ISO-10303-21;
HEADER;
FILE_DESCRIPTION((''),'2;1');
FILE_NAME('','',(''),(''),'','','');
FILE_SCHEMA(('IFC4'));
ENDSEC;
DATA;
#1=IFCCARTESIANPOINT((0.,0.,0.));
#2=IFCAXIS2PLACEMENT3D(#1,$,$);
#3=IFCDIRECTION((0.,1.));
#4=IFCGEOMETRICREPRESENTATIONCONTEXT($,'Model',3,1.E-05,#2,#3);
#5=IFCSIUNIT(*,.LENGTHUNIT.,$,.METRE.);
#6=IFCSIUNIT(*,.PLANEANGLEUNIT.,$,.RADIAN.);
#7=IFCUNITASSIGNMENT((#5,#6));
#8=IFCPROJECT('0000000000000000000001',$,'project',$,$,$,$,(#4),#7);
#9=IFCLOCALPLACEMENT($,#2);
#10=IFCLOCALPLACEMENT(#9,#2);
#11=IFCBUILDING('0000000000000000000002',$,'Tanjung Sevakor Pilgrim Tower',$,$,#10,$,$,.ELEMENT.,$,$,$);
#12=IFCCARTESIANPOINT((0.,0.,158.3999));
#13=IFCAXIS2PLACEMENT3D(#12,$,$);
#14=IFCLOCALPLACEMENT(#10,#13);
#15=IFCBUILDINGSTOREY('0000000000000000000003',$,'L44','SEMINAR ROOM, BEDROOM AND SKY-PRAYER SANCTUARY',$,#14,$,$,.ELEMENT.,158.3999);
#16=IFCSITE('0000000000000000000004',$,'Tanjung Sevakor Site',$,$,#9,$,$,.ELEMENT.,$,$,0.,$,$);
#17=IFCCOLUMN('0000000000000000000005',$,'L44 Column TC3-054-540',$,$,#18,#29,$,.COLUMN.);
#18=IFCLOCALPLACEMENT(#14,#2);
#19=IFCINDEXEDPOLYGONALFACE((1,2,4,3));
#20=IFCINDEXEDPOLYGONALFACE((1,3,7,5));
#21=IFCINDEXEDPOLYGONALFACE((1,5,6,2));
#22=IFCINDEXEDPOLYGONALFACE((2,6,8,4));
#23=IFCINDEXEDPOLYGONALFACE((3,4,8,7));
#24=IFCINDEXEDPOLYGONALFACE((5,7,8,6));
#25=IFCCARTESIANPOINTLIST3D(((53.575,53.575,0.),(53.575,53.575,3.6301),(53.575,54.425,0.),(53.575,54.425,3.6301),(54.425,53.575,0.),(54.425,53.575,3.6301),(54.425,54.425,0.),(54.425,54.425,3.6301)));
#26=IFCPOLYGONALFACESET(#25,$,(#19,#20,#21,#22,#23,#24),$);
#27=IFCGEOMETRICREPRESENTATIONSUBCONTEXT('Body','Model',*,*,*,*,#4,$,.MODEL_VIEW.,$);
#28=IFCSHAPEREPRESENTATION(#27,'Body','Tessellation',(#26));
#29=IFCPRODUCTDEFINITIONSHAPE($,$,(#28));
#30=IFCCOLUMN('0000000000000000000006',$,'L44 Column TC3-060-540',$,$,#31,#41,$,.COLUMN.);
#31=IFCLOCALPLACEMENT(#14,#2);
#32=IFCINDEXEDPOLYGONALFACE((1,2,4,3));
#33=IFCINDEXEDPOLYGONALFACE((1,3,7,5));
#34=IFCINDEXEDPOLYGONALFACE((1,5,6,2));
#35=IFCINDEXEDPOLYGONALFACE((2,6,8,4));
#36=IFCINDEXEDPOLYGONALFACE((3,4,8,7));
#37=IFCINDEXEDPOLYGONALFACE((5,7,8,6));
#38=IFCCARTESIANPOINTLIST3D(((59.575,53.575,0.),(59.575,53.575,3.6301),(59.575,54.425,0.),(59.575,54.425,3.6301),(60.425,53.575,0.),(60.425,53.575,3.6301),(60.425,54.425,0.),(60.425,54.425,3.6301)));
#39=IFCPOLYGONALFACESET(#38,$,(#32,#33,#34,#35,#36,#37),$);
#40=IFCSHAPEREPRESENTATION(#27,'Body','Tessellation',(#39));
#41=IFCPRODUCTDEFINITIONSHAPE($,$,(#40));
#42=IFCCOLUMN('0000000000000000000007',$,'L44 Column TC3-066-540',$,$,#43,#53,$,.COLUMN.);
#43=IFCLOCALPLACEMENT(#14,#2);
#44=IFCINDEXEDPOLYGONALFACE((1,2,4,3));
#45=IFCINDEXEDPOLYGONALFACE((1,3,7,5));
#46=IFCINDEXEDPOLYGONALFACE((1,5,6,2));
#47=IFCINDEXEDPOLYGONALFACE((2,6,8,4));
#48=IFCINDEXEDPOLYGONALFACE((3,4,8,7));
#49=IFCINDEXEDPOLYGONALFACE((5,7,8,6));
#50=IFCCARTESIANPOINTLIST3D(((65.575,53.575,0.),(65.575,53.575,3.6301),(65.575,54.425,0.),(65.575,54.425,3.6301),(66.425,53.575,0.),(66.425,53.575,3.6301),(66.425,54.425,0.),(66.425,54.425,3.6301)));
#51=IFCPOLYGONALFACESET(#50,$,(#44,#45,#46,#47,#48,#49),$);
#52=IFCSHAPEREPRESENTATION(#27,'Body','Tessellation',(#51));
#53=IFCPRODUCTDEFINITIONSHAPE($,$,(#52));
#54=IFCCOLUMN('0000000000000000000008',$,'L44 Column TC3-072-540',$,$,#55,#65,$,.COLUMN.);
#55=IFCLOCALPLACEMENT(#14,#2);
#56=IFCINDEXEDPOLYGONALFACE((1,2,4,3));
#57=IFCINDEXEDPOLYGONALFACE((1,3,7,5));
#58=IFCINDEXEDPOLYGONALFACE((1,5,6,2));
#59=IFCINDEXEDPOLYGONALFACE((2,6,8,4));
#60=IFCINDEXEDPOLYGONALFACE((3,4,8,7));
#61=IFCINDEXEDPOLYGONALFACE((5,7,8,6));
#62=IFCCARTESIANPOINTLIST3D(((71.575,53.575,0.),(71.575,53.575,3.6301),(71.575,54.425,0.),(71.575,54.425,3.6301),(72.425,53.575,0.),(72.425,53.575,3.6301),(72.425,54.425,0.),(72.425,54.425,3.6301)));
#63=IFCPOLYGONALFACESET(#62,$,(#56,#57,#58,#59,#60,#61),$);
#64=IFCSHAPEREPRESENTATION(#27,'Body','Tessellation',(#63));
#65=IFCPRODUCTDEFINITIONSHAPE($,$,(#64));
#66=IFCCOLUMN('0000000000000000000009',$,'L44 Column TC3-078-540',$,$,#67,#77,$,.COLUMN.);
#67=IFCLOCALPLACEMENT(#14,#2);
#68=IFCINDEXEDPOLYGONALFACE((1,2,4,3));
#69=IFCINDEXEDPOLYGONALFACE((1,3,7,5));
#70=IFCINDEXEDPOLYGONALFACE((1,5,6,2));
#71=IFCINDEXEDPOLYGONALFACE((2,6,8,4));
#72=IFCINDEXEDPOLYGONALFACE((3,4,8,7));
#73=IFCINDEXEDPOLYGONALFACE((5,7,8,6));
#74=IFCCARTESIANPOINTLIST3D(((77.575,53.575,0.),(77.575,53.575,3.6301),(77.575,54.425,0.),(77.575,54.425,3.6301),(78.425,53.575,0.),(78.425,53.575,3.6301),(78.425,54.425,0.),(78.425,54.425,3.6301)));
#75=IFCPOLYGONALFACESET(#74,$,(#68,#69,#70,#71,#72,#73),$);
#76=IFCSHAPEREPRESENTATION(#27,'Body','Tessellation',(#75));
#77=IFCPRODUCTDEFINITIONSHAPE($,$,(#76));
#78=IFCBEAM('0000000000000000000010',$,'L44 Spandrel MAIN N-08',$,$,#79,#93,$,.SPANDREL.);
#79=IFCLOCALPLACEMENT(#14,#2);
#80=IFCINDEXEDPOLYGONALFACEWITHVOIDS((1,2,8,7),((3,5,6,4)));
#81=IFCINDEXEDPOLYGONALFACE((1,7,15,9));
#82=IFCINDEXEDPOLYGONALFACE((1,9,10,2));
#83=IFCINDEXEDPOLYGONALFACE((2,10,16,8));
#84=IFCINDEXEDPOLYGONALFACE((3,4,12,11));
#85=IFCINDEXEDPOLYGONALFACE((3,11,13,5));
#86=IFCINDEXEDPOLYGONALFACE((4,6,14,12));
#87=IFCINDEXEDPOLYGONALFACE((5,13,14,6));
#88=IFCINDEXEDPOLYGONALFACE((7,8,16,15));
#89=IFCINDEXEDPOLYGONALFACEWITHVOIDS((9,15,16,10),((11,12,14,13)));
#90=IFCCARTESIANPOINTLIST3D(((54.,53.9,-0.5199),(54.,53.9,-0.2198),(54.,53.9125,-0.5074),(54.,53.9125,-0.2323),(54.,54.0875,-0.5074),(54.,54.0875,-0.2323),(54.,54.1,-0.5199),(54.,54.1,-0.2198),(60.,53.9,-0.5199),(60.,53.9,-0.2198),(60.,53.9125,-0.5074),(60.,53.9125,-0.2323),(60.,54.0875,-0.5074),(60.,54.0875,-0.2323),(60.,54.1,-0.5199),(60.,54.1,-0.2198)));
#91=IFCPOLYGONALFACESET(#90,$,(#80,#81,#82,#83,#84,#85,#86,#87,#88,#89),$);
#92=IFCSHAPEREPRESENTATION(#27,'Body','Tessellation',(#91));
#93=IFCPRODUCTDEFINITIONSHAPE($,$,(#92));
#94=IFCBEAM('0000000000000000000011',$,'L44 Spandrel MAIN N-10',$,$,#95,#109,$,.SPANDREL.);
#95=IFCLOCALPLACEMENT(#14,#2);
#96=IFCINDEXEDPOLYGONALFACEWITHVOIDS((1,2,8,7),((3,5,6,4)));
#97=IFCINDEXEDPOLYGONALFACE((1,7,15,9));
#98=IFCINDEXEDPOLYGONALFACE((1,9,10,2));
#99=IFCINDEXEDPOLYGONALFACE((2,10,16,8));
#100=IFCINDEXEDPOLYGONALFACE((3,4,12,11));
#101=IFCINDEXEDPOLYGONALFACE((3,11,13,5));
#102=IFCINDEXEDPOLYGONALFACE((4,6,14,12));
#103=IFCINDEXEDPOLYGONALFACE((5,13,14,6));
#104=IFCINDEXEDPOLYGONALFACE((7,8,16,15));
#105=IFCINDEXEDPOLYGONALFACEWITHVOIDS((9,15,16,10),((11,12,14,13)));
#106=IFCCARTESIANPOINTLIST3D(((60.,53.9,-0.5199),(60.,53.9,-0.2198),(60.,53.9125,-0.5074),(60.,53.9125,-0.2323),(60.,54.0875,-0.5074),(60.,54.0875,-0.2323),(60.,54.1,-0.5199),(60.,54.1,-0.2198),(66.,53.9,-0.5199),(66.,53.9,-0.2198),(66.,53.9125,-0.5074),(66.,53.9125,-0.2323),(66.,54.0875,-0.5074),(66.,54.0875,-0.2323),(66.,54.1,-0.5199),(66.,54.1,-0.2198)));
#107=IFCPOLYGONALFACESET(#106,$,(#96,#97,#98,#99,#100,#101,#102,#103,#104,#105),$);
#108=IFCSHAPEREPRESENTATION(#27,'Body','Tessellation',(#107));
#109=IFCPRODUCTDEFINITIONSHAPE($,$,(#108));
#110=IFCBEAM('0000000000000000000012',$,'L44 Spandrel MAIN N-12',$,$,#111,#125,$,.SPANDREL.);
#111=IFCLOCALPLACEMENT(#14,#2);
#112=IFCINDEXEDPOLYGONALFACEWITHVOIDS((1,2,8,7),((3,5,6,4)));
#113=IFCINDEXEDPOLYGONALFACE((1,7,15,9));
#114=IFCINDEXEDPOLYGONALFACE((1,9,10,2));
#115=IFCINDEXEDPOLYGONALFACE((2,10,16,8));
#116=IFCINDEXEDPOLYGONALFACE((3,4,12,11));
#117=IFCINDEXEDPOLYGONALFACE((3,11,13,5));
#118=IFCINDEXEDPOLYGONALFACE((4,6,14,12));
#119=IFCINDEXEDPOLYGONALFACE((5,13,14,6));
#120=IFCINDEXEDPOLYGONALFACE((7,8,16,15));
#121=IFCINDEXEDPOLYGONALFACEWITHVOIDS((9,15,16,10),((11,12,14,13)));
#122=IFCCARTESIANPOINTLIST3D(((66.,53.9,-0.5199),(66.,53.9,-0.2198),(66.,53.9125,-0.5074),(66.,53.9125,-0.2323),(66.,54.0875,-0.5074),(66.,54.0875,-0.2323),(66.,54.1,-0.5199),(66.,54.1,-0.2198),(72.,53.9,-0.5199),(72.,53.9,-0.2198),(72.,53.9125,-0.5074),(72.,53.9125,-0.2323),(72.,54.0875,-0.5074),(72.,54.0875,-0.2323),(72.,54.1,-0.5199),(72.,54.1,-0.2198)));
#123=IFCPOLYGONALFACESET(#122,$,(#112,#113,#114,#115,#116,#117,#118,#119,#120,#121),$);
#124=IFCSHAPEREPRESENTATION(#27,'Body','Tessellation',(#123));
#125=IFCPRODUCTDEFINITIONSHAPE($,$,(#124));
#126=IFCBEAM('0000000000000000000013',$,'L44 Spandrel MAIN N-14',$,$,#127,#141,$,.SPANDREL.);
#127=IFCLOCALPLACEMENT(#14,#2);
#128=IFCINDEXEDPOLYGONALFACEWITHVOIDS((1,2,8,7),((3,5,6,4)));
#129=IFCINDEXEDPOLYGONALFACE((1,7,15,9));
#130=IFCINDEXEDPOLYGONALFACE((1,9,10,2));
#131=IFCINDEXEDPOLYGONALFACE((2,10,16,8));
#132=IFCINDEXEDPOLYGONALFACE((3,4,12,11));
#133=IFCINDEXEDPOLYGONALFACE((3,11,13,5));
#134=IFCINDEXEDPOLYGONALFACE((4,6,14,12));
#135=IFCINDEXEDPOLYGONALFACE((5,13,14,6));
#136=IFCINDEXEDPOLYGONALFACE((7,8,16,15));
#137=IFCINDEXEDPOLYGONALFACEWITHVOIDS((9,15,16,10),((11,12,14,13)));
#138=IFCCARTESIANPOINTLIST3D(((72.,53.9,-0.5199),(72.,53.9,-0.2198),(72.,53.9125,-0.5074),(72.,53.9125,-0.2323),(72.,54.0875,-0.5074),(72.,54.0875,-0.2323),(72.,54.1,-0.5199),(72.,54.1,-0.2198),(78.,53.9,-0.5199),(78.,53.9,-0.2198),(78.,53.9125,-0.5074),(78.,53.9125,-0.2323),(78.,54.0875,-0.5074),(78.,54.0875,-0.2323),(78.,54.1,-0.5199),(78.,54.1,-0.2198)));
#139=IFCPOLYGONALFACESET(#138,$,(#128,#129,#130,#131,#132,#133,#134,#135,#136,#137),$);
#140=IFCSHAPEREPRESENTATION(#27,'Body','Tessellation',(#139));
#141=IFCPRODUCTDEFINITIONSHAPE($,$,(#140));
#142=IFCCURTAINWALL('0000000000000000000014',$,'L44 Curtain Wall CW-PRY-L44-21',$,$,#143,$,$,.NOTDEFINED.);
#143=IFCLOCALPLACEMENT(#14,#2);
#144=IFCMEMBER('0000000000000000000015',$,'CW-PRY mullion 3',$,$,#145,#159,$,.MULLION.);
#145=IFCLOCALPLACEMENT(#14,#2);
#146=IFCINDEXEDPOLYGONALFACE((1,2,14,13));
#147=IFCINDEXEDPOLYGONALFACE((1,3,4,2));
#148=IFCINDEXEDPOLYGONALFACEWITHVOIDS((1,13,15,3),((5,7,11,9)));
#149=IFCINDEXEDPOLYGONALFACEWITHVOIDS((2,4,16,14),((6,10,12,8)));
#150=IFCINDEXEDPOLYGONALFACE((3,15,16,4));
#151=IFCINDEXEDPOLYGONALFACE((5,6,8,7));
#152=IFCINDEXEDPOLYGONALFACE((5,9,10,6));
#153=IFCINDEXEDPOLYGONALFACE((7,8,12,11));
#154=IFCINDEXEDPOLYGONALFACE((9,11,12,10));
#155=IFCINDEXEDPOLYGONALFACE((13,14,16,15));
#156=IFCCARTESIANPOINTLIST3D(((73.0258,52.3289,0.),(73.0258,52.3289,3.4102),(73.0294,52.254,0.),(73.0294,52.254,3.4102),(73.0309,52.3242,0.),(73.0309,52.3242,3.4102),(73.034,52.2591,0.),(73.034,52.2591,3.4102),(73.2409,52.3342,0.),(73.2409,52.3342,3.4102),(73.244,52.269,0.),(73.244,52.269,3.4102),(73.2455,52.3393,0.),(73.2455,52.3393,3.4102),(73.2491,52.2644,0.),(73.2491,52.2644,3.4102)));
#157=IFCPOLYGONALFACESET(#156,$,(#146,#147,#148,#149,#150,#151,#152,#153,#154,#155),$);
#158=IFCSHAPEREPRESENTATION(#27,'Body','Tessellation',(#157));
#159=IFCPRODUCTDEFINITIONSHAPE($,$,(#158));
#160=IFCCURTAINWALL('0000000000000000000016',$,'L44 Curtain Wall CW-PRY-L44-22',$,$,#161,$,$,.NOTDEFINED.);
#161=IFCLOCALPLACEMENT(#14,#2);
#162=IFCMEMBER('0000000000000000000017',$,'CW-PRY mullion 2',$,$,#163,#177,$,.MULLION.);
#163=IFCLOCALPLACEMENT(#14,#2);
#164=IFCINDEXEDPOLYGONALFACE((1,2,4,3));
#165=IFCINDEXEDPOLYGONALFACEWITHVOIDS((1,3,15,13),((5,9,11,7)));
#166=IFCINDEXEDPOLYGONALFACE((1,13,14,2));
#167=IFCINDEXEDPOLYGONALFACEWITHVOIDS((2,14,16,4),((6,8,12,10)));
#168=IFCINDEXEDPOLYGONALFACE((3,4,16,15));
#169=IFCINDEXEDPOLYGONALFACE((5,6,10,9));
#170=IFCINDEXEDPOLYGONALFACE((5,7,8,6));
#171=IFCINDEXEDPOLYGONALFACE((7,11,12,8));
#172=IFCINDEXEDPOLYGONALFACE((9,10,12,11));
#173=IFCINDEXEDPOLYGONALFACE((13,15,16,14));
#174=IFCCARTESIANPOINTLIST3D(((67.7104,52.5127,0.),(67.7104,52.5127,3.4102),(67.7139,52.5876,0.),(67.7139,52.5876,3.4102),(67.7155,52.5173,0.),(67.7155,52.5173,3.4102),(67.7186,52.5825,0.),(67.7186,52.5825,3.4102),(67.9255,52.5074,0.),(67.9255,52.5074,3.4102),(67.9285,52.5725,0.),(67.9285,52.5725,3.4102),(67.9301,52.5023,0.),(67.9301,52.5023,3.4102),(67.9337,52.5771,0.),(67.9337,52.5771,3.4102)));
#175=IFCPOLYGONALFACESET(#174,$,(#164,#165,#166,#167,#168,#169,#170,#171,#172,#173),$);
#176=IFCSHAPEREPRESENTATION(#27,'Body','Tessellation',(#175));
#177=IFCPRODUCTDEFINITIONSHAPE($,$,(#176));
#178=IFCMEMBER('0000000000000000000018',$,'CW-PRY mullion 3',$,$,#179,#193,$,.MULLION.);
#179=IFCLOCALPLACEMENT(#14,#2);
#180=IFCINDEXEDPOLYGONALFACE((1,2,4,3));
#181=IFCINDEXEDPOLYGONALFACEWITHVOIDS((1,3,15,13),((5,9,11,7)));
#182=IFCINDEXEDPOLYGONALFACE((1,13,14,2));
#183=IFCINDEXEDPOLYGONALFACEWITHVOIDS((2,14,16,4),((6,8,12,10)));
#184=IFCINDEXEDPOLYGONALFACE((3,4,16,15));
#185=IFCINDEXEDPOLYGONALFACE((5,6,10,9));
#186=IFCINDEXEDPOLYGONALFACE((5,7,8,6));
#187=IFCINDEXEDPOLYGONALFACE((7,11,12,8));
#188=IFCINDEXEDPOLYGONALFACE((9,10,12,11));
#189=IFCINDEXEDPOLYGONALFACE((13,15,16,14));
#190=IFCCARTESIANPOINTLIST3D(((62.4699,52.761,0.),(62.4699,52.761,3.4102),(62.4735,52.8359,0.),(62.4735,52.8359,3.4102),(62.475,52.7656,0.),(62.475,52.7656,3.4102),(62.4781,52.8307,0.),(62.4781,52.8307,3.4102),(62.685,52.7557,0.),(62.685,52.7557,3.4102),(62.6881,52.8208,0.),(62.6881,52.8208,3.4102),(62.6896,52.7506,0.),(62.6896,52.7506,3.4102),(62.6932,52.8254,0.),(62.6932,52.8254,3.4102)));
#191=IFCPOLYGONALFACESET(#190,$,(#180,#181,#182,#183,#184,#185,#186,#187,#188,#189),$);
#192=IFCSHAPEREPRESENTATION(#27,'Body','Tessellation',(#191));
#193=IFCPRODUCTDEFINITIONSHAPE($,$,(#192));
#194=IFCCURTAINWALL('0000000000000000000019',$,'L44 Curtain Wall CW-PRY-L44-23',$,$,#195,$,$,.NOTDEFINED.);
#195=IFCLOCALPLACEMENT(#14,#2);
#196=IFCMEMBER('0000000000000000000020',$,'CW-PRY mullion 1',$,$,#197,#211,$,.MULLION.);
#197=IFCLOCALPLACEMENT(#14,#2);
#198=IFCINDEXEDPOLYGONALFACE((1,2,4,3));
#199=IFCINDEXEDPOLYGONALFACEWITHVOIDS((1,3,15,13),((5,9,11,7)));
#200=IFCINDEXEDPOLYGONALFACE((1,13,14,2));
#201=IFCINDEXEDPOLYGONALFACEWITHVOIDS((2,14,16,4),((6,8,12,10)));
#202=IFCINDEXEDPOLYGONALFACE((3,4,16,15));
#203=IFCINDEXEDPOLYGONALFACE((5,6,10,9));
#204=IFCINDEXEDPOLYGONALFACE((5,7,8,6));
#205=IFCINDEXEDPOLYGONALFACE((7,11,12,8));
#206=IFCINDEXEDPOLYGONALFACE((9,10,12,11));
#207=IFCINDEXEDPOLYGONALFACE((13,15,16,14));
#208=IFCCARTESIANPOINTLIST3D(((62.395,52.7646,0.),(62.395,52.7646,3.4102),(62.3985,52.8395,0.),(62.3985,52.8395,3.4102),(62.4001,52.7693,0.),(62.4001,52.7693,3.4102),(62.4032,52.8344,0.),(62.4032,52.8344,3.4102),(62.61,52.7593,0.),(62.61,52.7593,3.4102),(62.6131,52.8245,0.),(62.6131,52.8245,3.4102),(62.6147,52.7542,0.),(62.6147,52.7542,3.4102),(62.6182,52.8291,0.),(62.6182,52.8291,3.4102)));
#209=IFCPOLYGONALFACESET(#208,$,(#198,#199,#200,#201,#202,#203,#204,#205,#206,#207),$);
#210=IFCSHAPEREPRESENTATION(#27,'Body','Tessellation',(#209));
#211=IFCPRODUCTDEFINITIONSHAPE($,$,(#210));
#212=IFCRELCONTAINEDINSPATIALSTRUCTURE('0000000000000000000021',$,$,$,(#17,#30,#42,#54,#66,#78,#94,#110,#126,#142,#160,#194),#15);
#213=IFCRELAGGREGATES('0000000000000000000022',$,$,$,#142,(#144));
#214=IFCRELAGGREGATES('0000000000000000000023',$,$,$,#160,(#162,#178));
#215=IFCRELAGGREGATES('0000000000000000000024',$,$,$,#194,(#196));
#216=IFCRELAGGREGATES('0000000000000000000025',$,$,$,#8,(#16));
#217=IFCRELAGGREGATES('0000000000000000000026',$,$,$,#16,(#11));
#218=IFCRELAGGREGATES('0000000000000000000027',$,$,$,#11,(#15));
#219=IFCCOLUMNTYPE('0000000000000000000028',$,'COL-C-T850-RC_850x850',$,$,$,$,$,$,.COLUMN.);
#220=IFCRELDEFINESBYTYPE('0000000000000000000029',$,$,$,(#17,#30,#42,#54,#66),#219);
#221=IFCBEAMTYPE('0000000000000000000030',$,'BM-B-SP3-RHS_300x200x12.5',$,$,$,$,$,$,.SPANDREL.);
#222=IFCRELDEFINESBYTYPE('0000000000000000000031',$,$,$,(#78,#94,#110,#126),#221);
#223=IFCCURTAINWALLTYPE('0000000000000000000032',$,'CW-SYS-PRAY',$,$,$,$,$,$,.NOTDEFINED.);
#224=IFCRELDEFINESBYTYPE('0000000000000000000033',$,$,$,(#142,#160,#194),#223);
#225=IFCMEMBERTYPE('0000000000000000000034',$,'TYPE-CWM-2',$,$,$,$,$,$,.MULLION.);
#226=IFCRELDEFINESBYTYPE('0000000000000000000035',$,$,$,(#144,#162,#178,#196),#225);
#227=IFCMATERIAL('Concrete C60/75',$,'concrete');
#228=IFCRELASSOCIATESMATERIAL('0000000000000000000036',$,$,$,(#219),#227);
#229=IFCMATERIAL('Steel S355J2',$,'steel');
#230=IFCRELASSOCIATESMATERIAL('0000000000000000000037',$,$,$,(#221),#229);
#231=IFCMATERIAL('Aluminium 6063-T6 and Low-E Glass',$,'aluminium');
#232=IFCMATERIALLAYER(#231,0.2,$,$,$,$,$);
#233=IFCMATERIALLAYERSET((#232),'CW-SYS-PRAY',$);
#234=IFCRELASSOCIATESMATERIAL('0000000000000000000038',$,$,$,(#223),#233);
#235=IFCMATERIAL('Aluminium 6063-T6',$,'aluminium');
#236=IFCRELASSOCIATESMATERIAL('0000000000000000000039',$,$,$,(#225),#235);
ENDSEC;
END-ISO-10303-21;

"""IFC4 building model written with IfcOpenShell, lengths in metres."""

from ifc_helpers import new_model, si_unit, direction, frame, origin, origin_2d, place, context, subcontext, project, spatial, rectangle, hollow_rectangle, extrude, material, layer, layer_set, material_profile, profile_set, type_object, element, aggregate, save


model = new_model("IFC4")

# Units and contexts
model_context = context("Model", 3, precision=1e-05, world=origin(), true_north=direction((0.0, 1.0)))
body_context = subcontext(model_context, "Body", "Model", "MODEL_VIEW")
ifc_project = project(units=[si_unit("LENGTHUNIT", "METRE"), si_unit("PLANEANGLEUNIT", "RADIAN")], contexts=[model_context])

# Site, building, storey
site_placement = place(None, origin())
site = spatial("IfcSite", under=ifc_project, at=site_placement, Name="Tanjung Sevakor Site", CompositionType="ELEMENT", RefElevation=0.0)
building_placement = place(site_placement, origin())
building = spatial("IfcBuilding", under=site, at=building_placement, Name="Tanjung Sevakor Pilgrim Tower", CompositionType="ELEMENT")
storey_placement = place(building_placement, frame((0.0, 0.0, 158.3999)))
storey = spatial("IfcBuildingStorey", under=building, at=storey_placement, Name="L44", Description="SEMINAR ROOM, BEDROOM AND SKY-PRAYER SANCTUARY", CompositionType="ELEMENT", Elevation=158.3999)

# Columns
ifc_material_1 = material(Name="Concrete C60/75", Category="concrete")
ifc_material_profile_1 = material_profile(ifc_material_1, rectangle(XDim=0.8501, YDim=0.8501, at=origin_2d()))
ifc_profile_set_1 = profile_set([ifc_material_profile_1], Name="Concrete C60/75")
column_type = type_object("IfcColumnType", Name="COL-C-T850-RC_850x850", PredefinedType="COLUMN", material=ifc_profile_set_1)
for number, where, z_axis, x_axis, name in (
    (1, (54.0, 54.0, 0.0), (0.0, 0.0, 1.0), (1.0, 0.0, 0.0), "L44 Column TC3-054-540"),
    (2, (60.0, 54.0, 0.0), (0.0, 0.0, 1.0), (1.0, 0.0, 0.0), "L44 Column TC3-060-540"),
    (3, (66.0, 54.0, 0.0), (0.0, 0.0, 1.0), (1.0, 0.0, 0.0), "L44 Column TC3-066-540"),
    (4, (72.0, 54.0, 0.0), (0.0, 0.0, 1.0), (1.0, 0.0, 0.0), "L44 Column TC3-072-540"),
    (5, (78.0, 54.0, 0.0), (0.0, 0.0, 1.0), (1.0, 0.0, 0.0), "L44 Column TC3-078-540"),
):
    element("IfcColumn", number, at=place(storey_placement, frame(where, z_axis=z_axis, x_axis=x_axis)), inside=storey, type_object=column_type, Name=name, PredefinedType="COLUMN", context=body_context, shape_type="SweptSolid", body=[
        extrude(rectangle(XDim=0.8501, YDim=0.8501, at=origin_2d()), origin(), (0.0, 0.0, 1.0), 3.6301),
    ])

# Beams
ifc_material_2 = material(Name="Steel S355J2", Category="steel")
ifc_material_profile_2 = material_profile(ifc_material_2, hollow_rectangle(XDim=0.2, YDim=0.3, WallThickness=0.0125, at=origin_2d()))
ifc_profile_set_2 = profile_set([ifc_material_profile_2], Name="Steel S355J2")
beam_type = type_object("IfcBeamType", Name="BM-B-SP3-RHS_300x200x12.5", PredefinedType="SPANDREL", material=ifc_profile_set_2)
for number, where, z_axis, x_axis, name in (
    (6, (54.0, 54.0, -0.3699), (1.0, 0.0, 0.0), (0.0, 1.0, 0.0), "L44 Spandrel MAIN N-08"),
    (7, (60.0, 54.0, -0.3699), (1.0, 0.0, 0.0), (0.0, 1.0, 0.0), "L44 Spandrel MAIN N-10"),
    (8, (66.0, 54.0, -0.3699), (1.0, 0.0, 0.0), (0.0, 1.0, 0.0), "L44 Spandrel MAIN N-12"),
    (9, (72.0, 54.0, -0.3699), (1.0, 0.0, 0.0), (0.0, 1.0, 0.0), "L44 Spandrel MAIN N-14"),
):
    element("IfcBeam", number, at=place(storey_placement, frame(where, z_axis=z_axis, x_axis=x_axis)), inside=storey, type_object=beam_type, Name=name, PredefinedType="SPANDREL", context=body_context, shape_type="SweptSolid", body=[
        extrude(hollow_rectangle(XDim=0.2, YDim=0.3, WallThickness=0.0125, at=origin_2d()), origin(), (0.0, 0.0, 1.0), 6.0),
    ])

# Curtain wall, member
ifc_material_3 = material(Name="Aluminium 6063-T6 and Low-E Glass", Category="aluminium")
ifc_layer_1 = layer(ifc_material_3, 0.2)
ifc_layer_set_1 = layer_set([ifc_layer_1], Name="CW-SYS-PRAY")
curtain_wall_type = type_object("IfcCurtainWallType", Name="CW-SYS-PRAY", PredefinedType="NOTDEFINED", material=ifc_layer_set_1)
curtain_wall_1_placement = place(storey_placement, origin())
curtain_wall_1 = element("IfcCurtainWall", 10, at=curtain_wall_1_placement, inside=storey, type_object=curtain_wall_type, Name="L44 Curtain Wall CW-PRY-L44-21", PredefinedType="NOTDEFINED")
ifc_material_4 = material(Name="Aluminium 6063-T6", Category="aluminium")
ifc_material_profile_3 = material_profile(ifc_material_4, hollow_rectangle(XDim=0.075, YDim=0.22, WallThickness=0.0049, at=origin_2d()))
ifc_profile_set_3 = profile_set([ifc_material_profile_3], Name="Aluminium 6063-T6")
member_type_1 = type_object("IfcMemberType", Name="TYPE-CWM-2", PredefinedType="MULLION", material=ifc_profile_set_3)
member_1_placement = place(storey_placement, frame((73.1375, 52.2966, 0.0), z_axis=(0.0, 0.0, 1.0), x_axis=(0.047333, -0.998879, 0.0)))
member_1 = element("IfcMember", 11, at=member_1_placement, type_object=member_type_1, Name="CW-PRY mullion 3", PredefinedType="MULLION", context=body_context, shape_type="SweptSolid", body=[
    extrude(hollow_rectangle(XDim=0.075, YDim=0.22, WallThickness=0.0049, at=origin_2d()), origin(), (0.0, 0.0, 1.0), 3.4102),
])

# Curtain walls, members
curtain_wall_2_placement = place(storey_placement, origin())
curtain_wall_2 = element("IfcCurtainWall", 12, at=curtain_wall_2_placement, inside=storey, type_object=curtain_wall_type, Name="L44 Curtain Wall CW-PRY-L44-22", PredefinedType="NOTDEFINED")
member_2_placement = place(storey_placement, frame((67.822, 52.5449, 0.0), z_axis=(0.0, 0.0, 1.0), x_axis=(-0.047333, -0.998879, 0.0)))
member_2 = element("IfcMember", 13, at=member_2_placement, type_object=member_type_1, Name="CW-PRY mullion 2", PredefinedType="MULLION", context=body_context, shape_type="SweptSolid", body=[
    extrude(hollow_rectangle(XDim=0.075, YDim=0.22, WallThickness=0.0049, at=origin_2d()), origin(), (0.0, 0.0, 1.0), 3.4102),
])
member_3_placement = place(storey_placement, frame((62.5815, 52.7932, 0.0), z_axis=(0.0, 0.0, 1.0), x_axis=(-0.047333, -0.998879, 0.0)))
member_3 = element("IfcMember", 14, at=member_3_placement, type_object=member_type_1, Name="CW-PRY mullion 3", PredefinedType="MULLION", context=body_context, shape_type="SweptSolid", body=[
    extrude(hollow_rectangle(XDim=0.075, YDim=0.22, WallThickness=0.0049, at=origin_2d()), origin(), (0.0, 0.0, 1.0), 3.4102),
])
curtain_wall_3_placement = place(storey_placement, origin())
curtain_wall_3 = element("IfcCurtainWall", 15, at=curtain_wall_3_placement, inside=storey, type_object=curtain_wall_type, Name="L44 Curtain Wall CW-PRY-L44-23", PredefinedType="NOTDEFINED")
member_4_placement = place(storey_placement, frame((62.5066, 52.7969, 0.0), z_axis=(0.0, 0.0, 1.0), x_axis=(-0.047341, -0.998879, 0.0)))
member_4 = element("IfcMember", 16, at=member_4_placement, type_object=member_type_1, Name="CW-PRY mullion 1", PredefinedType="MULLION", context=body_context, shape_type="SweptSolid", body=[
    extrude(hollow_rectangle(XDim=0.075, YDim=0.22, WallThickness=0.0049, at=origin_2d()), origin(), (0.0, 0.0, 1.0), 3.4102),
])

aggregate(curtain_wall_1, [member_1])
aggregate(curtain_wall_2, [member_2, member_3])
aggregate(curtain_wall_3, [member_4])

save(model, "model.ifc")
